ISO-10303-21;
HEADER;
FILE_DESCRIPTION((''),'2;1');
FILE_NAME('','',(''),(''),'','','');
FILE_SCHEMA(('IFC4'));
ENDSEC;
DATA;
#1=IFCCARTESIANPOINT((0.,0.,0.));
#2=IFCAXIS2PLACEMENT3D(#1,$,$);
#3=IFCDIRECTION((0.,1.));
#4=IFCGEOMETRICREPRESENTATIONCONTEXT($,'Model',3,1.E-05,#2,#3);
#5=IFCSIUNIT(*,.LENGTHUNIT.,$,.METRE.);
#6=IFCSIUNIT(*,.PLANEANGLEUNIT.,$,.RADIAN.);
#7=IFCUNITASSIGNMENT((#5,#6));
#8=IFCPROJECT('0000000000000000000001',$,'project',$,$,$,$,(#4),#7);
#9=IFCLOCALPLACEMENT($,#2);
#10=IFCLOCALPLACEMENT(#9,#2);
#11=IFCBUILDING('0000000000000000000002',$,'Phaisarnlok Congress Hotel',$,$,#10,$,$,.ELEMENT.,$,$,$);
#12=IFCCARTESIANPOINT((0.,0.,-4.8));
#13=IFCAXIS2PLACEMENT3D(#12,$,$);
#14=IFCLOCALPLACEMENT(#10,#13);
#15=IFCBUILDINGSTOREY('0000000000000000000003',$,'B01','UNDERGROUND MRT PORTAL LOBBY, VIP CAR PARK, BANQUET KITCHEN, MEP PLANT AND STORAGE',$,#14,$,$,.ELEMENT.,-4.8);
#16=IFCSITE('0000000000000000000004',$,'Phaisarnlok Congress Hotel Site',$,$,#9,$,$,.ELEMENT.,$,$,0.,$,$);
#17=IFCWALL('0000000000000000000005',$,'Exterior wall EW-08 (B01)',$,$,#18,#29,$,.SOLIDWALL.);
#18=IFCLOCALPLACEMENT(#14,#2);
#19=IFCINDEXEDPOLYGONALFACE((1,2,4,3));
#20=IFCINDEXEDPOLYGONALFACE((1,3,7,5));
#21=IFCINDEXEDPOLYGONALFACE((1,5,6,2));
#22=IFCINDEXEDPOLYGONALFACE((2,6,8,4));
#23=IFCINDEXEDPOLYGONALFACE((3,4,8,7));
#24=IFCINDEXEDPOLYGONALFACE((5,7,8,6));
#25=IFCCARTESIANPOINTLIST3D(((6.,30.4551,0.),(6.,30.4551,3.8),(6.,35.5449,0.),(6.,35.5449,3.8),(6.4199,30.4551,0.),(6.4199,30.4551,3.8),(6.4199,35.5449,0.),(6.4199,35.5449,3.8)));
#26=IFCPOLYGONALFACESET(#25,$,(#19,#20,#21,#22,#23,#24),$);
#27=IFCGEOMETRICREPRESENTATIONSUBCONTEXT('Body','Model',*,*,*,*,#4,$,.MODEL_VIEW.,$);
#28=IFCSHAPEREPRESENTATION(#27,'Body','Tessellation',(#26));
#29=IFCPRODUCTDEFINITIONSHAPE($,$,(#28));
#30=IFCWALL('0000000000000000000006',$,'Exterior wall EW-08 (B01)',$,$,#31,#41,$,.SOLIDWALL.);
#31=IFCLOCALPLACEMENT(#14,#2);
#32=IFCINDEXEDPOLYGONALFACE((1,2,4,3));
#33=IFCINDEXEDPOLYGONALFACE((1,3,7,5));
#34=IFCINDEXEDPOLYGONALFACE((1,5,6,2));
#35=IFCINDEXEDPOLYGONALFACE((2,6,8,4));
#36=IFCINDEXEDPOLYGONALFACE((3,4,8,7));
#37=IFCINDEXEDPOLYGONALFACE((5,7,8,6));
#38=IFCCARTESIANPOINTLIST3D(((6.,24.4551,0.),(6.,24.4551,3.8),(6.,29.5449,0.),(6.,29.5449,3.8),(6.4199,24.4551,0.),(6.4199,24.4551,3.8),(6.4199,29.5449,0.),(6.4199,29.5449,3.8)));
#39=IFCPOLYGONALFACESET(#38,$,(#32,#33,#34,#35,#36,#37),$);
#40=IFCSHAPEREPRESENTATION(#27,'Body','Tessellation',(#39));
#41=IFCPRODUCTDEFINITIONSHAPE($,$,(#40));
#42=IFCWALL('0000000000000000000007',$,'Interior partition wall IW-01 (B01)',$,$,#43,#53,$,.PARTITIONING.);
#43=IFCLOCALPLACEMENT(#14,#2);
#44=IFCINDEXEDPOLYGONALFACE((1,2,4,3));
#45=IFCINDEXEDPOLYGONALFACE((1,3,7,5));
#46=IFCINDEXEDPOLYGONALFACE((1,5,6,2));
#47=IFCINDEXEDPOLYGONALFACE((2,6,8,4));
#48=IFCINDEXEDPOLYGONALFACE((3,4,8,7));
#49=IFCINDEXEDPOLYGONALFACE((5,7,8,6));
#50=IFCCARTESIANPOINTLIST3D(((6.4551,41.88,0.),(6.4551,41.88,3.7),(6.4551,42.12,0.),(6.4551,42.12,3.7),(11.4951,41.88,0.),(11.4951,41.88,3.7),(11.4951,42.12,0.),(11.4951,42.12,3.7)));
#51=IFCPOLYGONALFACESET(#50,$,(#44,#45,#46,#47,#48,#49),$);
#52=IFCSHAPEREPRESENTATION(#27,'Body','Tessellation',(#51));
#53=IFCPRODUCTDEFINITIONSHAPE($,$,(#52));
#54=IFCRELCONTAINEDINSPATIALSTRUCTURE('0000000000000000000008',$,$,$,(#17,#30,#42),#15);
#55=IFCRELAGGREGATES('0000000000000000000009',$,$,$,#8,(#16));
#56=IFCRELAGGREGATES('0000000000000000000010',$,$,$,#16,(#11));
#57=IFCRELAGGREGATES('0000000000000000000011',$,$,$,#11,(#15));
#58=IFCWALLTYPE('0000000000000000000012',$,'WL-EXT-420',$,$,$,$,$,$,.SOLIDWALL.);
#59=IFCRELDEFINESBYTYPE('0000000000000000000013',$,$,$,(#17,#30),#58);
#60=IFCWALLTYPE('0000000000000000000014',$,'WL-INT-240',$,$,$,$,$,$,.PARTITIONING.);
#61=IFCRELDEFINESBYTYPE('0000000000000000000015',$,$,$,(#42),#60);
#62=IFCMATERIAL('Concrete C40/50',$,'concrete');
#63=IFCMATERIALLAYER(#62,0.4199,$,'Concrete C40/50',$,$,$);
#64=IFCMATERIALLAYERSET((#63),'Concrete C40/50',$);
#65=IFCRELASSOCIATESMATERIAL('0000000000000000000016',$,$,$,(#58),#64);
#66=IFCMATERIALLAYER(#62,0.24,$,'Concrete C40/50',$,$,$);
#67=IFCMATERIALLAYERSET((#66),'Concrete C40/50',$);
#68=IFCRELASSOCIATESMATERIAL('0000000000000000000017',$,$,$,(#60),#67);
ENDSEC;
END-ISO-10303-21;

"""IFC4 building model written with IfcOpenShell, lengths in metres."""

from ifc_helpers import new_model, si_unit, direction, frame, frame_2d, origin, place, context, subcontext, project, spatial, rectangle, extrude, material, layer, layer_set, type_object, element, save


model = new_model("IFC4")

# Units and contexts
model_context = context("Model", 3, precision=1e-05, world=origin(), true_north=direction((0.0, 1.0)))
body_context = subcontext(model_context, "Body", "Model", "MODEL_VIEW")
ifc_project = project(units=[si_unit("LENGTHUNIT", "METRE"), si_unit("PLANEANGLEUNIT", "RADIAN")], contexts=[model_context])

# Site, building, storey
site_placement = place(None, origin())
site = spatial("IfcSite", under=ifc_project, at=site_placement, Name="Phaisarnlok Congress Hotel Site", CompositionType="ELEMENT", RefElevation=0.0)
building_placement = place(site_placement, origin())
building = spatial("IfcBuilding", under=site, at=building_placement, Name="Phaisarnlok Congress Hotel", CompositionType="ELEMENT")
storey_placement = place(building_placement, frame((0.0, 0.0, -4.8)))
storey = spatial("IfcBuildingStorey", under=building, at=storey_placement, Name="B01", Description="UNDERGROUND MRT PORTAL LOBBY, VIP CAR PARK, BANQUET KITCHEN, MEP PLANT AND STORAGE", CompositionType="ELEMENT", Elevation=-4.8)

# Shared definitions
ifc_material_1 = material(Name="Concrete C40/50", Category="concrete")

# Walls
ifc_layer_1 = layer(ifc_material_1, 0.4199, Name="Concrete C40/50")
ifc_layer_set_1 = layer_set([ifc_layer_1], Name="Concrete C40/50")
wall_type_1 = type_object("IfcWallType", Name="WL-EXT-420", PredefinedType="SOLIDWALL", material=ifc_layer_set_1)
for number, where, z_axis, x_axis, name in (
    (1, (6.21, 35.5449, 0.0), (0.0, 0.0, 1.0), (0.0, -1.0, 0.0), "Exterior wall EW-08 (B01)"),
    (2, (6.21, 29.5449, 0.0), (0.0, 0.0, 1.0), (0.0, -1.0, 0.0), "Exterior wall EW-08 (B01)"),
):
    element("IfcWall", number, at=place(storey_placement, frame(where, z_axis=z_axis, x_axis=x_axis)), inside=storey, type_object=wall_type_1, Name=name, PredefinedType="SOLIDWALL", context=body_context, shape_type="SweptSolid", body=[
        extrude(rectangle(XDim=5.0898, YDim=0.4199, at=frame_2d((2.5449, 0.0))), origin(), (0.0, 0.0, 1.0), 3.8),
    ])
ifc_layer_2 = layer(ifc_material_1, 0.24, Name="Concrete C40/50")
ifc_layer_set_2 = layer_set([ifc_layer_2], Name="Concrete C40/50")
wall_type_2 = type_object("IfcWallType", Name="WL-INT-240", PredefinedType="PARTITIONING", material=ifc_layer_set_2)
wall_1_placement = place(storey_placement, frame((6.4551, 42.0, 0.0), z_axis=(0.0, 0.0, 1.0), x_axis=(1.0, 0.0, 0.0)))
element("IfcWall", 3, at=wall_1_placement, inside=storey, type_object=wall_type_2, Name="Interior partition wall IW-01 (B01)", PredefinedType="PARTITIONING", context=body_context, shape_type="SweptSolid", body=[
    extrude(rectangle(XDim=5.04, YDim=0.24, at=frame_2d((2.52, 0.0))), origin(), (0.0, 0.0, 1.0), 3.7),
])

save(model, "model.ifc")
